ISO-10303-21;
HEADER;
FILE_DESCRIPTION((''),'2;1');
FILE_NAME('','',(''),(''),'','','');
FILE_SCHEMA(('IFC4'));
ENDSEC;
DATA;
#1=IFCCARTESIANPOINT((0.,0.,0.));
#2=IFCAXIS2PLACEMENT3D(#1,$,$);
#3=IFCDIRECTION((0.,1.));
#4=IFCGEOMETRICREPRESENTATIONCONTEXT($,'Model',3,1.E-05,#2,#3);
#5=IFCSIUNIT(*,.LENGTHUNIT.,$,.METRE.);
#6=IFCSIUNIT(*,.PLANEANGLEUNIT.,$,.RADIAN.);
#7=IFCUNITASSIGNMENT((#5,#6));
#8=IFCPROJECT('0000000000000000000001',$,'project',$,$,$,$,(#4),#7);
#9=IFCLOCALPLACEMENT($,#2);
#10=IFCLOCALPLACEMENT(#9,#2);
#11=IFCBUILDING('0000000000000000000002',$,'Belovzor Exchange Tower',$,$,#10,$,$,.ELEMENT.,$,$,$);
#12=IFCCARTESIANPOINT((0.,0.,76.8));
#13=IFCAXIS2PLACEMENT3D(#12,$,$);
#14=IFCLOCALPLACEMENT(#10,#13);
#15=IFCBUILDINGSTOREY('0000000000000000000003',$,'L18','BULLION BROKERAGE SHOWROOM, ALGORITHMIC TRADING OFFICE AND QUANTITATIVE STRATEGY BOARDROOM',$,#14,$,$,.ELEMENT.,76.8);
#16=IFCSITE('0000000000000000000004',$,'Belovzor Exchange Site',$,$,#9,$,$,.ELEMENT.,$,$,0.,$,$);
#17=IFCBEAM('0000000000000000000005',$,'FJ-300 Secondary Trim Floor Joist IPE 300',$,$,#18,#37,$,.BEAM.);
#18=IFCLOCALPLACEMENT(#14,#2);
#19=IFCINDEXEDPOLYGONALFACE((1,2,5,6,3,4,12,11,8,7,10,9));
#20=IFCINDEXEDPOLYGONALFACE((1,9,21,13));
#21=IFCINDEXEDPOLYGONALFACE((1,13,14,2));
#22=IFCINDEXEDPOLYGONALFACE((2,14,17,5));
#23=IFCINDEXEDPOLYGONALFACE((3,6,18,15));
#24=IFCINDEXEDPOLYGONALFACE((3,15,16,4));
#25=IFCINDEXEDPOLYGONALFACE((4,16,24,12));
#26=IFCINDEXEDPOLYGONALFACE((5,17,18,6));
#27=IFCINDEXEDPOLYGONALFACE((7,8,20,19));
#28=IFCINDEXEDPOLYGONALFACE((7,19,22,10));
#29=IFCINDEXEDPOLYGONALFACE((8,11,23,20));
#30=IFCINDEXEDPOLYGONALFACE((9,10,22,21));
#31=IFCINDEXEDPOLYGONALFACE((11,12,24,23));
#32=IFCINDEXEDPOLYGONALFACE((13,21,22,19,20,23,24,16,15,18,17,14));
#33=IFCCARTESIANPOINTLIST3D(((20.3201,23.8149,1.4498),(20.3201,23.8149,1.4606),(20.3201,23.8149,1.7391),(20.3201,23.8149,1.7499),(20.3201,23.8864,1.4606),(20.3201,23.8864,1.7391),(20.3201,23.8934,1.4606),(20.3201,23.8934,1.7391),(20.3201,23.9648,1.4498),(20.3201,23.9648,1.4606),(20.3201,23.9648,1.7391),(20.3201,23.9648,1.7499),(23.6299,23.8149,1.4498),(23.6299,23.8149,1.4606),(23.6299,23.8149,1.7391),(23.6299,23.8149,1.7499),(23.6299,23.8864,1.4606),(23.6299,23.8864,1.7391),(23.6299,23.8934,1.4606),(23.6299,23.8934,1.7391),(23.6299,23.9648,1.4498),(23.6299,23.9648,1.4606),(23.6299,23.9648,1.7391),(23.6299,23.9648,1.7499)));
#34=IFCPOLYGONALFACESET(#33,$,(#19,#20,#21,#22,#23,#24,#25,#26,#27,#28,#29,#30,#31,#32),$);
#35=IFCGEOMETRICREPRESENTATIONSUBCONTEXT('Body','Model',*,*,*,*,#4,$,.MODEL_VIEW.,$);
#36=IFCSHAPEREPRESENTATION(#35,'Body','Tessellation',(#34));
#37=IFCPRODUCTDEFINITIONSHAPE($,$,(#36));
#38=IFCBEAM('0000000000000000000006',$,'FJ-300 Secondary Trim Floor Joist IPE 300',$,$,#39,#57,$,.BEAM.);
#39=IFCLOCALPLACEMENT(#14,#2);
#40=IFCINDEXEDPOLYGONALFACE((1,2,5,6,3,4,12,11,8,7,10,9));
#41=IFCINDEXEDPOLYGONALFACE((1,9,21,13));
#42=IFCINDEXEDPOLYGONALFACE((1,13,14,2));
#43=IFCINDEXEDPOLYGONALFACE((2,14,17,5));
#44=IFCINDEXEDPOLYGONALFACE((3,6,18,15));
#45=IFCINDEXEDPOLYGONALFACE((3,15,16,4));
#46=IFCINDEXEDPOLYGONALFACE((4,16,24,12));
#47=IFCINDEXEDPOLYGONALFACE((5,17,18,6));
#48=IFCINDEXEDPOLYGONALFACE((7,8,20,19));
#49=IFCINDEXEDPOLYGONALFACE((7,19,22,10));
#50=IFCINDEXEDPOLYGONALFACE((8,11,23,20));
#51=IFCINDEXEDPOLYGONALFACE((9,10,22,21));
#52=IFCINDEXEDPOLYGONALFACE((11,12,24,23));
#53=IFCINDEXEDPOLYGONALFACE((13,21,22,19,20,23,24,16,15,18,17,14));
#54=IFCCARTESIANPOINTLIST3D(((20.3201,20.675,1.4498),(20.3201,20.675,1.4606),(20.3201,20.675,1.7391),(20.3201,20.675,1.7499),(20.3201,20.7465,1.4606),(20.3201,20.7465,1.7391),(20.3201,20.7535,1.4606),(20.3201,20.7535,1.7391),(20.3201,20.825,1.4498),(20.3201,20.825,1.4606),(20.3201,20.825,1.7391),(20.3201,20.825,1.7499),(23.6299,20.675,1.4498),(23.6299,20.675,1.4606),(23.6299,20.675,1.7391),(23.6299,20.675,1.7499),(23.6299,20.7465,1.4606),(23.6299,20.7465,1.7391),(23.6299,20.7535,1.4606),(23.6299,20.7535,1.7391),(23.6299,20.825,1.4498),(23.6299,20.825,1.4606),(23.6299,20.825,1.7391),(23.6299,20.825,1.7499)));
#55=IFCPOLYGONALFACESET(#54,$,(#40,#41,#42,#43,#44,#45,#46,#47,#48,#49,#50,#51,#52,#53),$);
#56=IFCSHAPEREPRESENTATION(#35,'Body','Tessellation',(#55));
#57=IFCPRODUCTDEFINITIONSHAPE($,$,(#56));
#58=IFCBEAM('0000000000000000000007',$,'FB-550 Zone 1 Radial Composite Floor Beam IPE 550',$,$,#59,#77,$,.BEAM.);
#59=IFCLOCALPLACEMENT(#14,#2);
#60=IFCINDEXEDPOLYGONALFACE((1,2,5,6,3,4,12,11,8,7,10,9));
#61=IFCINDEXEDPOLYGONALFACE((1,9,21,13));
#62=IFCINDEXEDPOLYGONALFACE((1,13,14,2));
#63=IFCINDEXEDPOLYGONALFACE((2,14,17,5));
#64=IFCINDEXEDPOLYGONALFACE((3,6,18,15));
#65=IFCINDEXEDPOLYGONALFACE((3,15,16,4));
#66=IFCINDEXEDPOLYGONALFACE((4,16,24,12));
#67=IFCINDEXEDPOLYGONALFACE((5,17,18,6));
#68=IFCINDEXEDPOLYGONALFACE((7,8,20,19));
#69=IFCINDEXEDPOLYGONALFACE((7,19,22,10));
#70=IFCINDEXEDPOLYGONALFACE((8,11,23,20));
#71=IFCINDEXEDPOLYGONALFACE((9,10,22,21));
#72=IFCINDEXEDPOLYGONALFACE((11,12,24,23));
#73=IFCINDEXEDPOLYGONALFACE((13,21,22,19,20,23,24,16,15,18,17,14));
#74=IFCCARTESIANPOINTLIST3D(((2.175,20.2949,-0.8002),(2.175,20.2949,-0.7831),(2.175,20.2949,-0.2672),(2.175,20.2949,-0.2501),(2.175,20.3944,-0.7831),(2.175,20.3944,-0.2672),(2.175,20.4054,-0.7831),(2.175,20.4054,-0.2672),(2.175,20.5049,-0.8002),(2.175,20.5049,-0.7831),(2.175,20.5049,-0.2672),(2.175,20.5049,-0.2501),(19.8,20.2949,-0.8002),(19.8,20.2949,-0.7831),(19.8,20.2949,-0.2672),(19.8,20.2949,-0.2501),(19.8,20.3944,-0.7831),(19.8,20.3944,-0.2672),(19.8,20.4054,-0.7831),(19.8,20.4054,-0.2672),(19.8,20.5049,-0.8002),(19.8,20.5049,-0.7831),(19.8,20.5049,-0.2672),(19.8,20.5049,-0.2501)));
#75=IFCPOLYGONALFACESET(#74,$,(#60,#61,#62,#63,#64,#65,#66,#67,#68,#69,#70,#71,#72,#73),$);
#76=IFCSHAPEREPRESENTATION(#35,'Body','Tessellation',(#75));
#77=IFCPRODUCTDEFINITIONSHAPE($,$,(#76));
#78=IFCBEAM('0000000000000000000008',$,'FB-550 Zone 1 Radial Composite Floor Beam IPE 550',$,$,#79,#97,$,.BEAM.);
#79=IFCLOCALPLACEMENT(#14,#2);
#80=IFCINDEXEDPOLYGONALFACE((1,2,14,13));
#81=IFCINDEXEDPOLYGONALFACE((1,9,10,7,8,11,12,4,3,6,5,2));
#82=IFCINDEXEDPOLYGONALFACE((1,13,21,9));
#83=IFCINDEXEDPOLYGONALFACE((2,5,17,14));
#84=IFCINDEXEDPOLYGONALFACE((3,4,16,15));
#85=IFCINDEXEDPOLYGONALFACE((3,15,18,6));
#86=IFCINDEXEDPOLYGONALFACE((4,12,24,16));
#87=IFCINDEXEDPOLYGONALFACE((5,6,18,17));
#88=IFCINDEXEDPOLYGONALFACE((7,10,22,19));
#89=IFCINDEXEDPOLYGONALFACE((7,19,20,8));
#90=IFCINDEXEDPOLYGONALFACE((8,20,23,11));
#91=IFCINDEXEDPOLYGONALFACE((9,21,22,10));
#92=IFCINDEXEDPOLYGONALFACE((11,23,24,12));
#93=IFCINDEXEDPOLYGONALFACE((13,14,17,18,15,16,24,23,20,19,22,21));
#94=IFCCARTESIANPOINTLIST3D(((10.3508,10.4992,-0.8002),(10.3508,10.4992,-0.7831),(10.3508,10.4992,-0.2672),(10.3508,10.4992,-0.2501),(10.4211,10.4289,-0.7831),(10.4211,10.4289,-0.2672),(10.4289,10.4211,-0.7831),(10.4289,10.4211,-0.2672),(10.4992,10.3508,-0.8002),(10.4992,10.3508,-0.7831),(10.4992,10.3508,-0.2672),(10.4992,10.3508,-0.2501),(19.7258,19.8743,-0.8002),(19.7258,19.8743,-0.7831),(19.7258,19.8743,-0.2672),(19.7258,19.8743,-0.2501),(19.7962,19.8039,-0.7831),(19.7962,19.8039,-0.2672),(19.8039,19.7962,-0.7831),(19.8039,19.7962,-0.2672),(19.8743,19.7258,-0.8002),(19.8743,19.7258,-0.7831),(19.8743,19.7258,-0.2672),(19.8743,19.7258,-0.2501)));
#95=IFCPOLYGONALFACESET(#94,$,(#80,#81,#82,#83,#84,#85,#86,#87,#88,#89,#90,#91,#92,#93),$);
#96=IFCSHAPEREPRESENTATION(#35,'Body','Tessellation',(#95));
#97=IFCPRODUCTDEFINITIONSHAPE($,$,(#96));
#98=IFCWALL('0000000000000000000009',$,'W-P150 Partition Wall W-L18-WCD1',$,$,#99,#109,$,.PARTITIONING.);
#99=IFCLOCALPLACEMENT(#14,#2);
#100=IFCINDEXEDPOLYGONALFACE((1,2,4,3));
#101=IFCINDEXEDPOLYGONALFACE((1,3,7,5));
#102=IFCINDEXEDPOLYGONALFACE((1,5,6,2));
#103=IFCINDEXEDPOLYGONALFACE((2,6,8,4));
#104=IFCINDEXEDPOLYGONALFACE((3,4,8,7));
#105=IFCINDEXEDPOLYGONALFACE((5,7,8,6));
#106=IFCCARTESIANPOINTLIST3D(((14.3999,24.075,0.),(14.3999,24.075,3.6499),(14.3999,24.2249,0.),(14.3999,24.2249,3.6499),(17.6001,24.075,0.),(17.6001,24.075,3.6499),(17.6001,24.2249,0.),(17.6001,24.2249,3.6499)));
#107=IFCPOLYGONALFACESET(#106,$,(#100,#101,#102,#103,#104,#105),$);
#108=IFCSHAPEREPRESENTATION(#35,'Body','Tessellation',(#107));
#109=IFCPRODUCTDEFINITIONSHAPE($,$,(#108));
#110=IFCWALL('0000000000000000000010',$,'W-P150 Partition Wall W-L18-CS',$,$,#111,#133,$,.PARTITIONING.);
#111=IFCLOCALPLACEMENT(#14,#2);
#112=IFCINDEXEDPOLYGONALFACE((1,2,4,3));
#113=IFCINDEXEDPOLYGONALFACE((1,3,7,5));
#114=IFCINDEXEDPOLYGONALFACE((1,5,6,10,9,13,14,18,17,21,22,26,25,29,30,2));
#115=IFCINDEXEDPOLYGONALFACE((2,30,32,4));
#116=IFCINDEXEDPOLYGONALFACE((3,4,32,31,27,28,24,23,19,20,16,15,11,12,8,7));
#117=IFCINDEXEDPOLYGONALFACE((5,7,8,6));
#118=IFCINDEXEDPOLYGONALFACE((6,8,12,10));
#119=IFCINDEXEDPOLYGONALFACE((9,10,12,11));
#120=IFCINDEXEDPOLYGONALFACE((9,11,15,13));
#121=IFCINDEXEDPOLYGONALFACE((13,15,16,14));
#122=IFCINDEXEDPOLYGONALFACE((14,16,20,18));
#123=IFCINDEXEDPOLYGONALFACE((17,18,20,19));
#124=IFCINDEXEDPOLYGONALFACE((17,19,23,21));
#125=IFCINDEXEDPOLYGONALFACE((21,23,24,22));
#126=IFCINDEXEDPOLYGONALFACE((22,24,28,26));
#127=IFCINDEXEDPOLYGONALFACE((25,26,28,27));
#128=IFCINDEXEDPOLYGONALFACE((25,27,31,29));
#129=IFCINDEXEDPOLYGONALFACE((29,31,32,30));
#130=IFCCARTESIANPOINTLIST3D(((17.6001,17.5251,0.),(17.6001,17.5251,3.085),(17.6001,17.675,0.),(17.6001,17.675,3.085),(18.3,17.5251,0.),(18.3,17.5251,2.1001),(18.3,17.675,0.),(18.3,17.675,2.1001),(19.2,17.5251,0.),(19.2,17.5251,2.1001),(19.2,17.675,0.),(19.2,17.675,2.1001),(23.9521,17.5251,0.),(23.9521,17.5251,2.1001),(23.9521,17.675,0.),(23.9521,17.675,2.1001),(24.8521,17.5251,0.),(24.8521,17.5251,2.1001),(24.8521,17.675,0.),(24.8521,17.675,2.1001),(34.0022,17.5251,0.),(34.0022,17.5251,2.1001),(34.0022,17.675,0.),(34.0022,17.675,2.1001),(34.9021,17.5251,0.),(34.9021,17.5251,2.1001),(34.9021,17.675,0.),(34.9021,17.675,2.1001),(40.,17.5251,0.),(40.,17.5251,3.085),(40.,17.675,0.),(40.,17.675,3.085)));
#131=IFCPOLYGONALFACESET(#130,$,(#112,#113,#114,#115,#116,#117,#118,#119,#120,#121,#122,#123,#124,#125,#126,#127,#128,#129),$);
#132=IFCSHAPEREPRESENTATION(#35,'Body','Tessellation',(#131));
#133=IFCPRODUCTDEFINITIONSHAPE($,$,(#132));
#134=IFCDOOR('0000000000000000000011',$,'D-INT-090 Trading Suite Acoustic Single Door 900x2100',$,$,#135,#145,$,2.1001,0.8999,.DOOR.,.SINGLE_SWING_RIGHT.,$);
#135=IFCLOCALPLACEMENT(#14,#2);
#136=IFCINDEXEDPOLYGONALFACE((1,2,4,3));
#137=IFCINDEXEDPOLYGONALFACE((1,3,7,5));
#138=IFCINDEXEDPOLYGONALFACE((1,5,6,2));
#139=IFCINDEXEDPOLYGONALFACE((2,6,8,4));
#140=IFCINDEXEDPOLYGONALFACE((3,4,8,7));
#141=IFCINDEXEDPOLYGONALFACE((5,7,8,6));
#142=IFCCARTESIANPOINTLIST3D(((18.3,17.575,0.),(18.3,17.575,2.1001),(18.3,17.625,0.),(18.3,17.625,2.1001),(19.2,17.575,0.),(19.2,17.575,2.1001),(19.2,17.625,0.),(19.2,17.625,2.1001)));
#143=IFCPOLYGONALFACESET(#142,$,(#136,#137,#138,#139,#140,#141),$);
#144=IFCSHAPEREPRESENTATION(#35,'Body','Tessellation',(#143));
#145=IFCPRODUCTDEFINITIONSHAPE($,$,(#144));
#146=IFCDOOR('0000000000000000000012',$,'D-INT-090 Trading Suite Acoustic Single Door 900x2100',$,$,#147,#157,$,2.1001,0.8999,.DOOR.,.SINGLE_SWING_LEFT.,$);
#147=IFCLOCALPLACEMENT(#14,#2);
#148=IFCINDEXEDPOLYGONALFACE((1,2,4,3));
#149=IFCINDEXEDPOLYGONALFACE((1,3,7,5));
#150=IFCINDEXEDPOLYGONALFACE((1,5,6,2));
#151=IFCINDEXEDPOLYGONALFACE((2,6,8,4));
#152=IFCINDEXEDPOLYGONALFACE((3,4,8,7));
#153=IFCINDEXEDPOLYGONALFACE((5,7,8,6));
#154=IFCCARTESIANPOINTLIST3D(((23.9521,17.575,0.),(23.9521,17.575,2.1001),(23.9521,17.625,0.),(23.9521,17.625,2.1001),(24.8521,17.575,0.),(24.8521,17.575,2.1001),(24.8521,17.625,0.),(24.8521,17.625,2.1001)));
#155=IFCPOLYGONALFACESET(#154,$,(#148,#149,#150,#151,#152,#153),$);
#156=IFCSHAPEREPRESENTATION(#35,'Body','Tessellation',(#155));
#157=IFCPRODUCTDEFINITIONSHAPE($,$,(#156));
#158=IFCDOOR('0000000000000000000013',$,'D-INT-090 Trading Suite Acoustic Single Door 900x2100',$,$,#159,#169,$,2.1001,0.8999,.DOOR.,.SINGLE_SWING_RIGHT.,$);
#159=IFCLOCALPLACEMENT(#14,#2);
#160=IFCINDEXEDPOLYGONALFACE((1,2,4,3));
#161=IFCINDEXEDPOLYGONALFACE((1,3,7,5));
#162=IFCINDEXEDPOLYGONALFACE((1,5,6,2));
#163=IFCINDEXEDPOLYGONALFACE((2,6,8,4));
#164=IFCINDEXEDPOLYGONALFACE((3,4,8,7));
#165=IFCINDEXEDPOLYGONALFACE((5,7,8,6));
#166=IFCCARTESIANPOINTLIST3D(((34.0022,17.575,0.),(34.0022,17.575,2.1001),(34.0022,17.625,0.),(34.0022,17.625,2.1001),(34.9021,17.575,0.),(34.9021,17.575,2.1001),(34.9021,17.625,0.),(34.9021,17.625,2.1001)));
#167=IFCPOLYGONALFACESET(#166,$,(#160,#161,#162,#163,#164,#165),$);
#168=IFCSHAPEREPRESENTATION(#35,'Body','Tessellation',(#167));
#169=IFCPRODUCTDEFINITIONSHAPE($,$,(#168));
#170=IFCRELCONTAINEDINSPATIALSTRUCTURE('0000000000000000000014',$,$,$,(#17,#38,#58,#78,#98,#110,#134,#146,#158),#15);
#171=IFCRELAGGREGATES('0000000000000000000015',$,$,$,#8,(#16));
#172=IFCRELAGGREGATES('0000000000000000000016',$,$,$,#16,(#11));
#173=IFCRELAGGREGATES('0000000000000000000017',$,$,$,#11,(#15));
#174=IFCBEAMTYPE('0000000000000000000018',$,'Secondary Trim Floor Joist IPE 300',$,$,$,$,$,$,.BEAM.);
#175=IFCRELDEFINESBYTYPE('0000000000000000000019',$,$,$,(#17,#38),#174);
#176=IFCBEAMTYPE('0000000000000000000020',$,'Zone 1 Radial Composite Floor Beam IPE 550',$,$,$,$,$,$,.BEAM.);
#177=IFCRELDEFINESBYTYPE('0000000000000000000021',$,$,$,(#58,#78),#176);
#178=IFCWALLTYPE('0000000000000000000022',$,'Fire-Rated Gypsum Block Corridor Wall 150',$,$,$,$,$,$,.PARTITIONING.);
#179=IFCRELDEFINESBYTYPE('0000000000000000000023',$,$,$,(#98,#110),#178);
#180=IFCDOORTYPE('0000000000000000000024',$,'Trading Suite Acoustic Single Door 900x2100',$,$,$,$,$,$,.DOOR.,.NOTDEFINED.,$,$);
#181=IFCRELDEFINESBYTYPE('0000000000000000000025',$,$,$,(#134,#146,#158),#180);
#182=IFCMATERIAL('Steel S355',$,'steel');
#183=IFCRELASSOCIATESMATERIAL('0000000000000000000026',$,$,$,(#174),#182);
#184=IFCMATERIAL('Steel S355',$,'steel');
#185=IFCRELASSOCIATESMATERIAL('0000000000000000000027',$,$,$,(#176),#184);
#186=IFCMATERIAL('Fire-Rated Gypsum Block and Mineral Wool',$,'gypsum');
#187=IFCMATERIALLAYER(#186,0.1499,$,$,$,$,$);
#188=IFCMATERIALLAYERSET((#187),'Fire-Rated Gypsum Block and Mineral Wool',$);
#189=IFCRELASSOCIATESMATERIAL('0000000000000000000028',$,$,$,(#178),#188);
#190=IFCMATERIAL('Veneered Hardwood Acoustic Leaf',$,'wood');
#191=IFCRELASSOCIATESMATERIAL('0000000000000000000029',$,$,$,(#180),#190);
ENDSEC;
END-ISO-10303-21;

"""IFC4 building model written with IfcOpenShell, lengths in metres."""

from ifc_helpers import new_model, si_unit, direction, frame, frame_2d, origin, origin_2d, place, context, subcontext, project, spatial, rectangle, i_section, extrude, material, layer, layer_set, material_profile, profile_set, type_object, element, fill, save


model = new_model("IFC4")

# Units and contexts
model_context = context("Model", 3, precision=1e-05, world=origin(), true_north=direction((0.0, 1.0)))
body_context = subcontext(model_context, "Body", "Model", "MODEL_VIEW")
ifc_project = project(units=[si_unit("LENGTHUNIT", "METRE"), si_unit("PLANEANGLEUNIT", "RADIAN")], contexts=[model_context])

# Site, building, storey
site_placement = place(None, origin())
site = spatial("IfcSite", under=ifc_project, at=site_placement, Name="Belovzor Exchange Site", CompositionType="ELEMENT", RefElevation=0.0)
building_placement = place(site_placement, origin())
building = spatial("IfcBuilding", under=site, at=building_placement, Name="Belovzor Exchange Tower", CompositionType="ELEMENT")
storey_placement = place(building_placement, frame((0.0, 0.0, 76.8)))
storey = spatial("IfcBuildingStorey", under=building, at=storey_placement, Name="L18", Description="BULLION BROKERAGE SHOWROOM, ALGORITHMIC TRADING OFFICE AND QUANTITATIVE STRATEGY BOARDROOM", CompositionType="ELEMENT", Elevation=76.8)

# Beams
ifc_material_1 = material(Name="Steel S355", Category="steel")
ifc_material_profile_1 = material_profile(ifc_material_1, i_section(OverallWidth=0.1499, OverallDepth=0.3, WebThickness=0.0071, FlangeThickness=0.0107, at=origin_2d()))
ifc_profile_set_1 = profile_set([ifc_material_profile_1], Name="Steel S355")
beam_type_1 = type_object("IfcBeamType", Name="Secondary Trim Floor Joist IPE 300", PredefinedType="BEAM", material=ifc_profile_set_1)
for number, where, z_axis, x_axis, name in (
    (1, (20.3201, 23.8899, 1.5999), (1.0, 0.0, 0.0), (0.0, 1.0, 0.0), "FJ-300 Secondary Trim Floor Joist IPE 300"),
    (2, (20.3201, 20.75, 1.5999), (1.0, 0.0, 0.0), (0.0, 1.0, 0.0), "FJ-300 Secondary Trim Floor Joist IPE 300"),
):
    element("IfcBeam", number, at=place(storey_placement, frame(where, z_axis=z_axis, x_axis=x_axis)), inside=storey, type_object=beam_type_1, Name=name, PredefinedType="BEAM", context=body_context, shape_type="SweptSolid", body=[
        extrude(i_section(OverallWidth=0.1499, OverallDepth=0.3, WebThickness=0.0071, FlangeThickness=0.0107, at=origin_2d()), origin(), (0.0, 0.0, 1.0), 3.3098),
    ])
ifc_material_2 = material(Name="Steel S355", Category="steel")
ifc_material_profile_2 = material_profile(ifc_material_2, i_section(OverallWidth=0.21, OverallDepth=0.55, WebThickness=0.011, FlangeThickness=0.0171, at=origin_2d()))
ifc_profile_set_2 = profile_set([ifc_material_profile_2], Name="Steel S355")
beam_type_2 = type_object("IfcBeamType", Name="Zone 1 Radial Composite Floor Beam IPE 550", PredefinedType="BEAM", material=ifc_profile_set_2)
beam_1_placement = place(storey_placement, frame((19.8, 20.3999, -0.5251), z_axis=(-1.0, 0.0, 0.0), x_axis=(0.0, -1.0, 0.0)))
element("IfcBeam", 3, at=beam_1_placement, inside=storey, type_object=beam_type_2, Name="FB-550 Zone 1 Radial Composite Floor Beam IPE 550", PredefinedType="BEAM", context=body_context, shape_type="SweptSolid", body=[
    extrude(i_section(OverallWidth=0.21, OverallDepth=0.55, WebThickness=0.011, FlangeThickness=0.0171, at=origin_2d()), origin(), (0.0, 0.0, 1.0), 17.625),
])
beam_2_placement = place(storey_placement, frame((19.8, 19.8, -0.5251), z_axis=(-0.707107, -0.707107, 0.0), x_axis=(0.707107, -0.707107, 0.0)))
element("IfcBeam", 4, at=beam_2_placement, inside=storey, type_object=beam_type_2, Name="FB-550 Zone 1 Radial Composite Floor Beam IPE 550", PredefinedType="BEAM", context=body_context, shape_type="SweptSolid", body=[
    extrude(i_section(OverallWidth=0.21, OverallDepth=0.55, WebThickness=0.011, FlangeThickness=0.0171, at=origin_2d()), origin(), (0.0, 0.0, 1.0), 13.2583),
])

# Wall
ifc_material_3 = material(Name="Fire-Rated Gypsum Block and Mineral Wool", Category="gypsum")
ifc_layer_1 = layer(ifc_material_3, 0.1499)
ifc_layer_set_1 = layer_set([ifc_layer_1], Name="Fire-Rated Gypsum Block and Mineral Wool")
wall_type_1 = type_object("IfcWallType", Name="Fire-Rated Gypsum Block Corridor Wall 150", PredefinedType="PARTITIONING", material=ifc_layer_set_1)
wall_1_placement = place(storey_placement, frame((14.3999, 24.1499, 0.0), z_axis=(0.0, 0.0, 1.0), x_axis=(1.0, 0.0, 0.0)))
element("IfcWall", 5, at=wall_1_placement, inside=storey, type_object=wall_type_1, Name="W-P150 Partition Wall W-L18-WCD1", PredefinedType="PARTITIONING", context=body_context, shape_type="SweptSolid", body=[
    extrude(rectangle(XDim=3.2002, YDim=0.1499, at=frame_2d((1.6001, 0.0))), origin(), (0.0, 0.0, 1.0), 3.6499),
])

# Wall, openings, doors
wall_2_placement = place(storey_placement, frame((17.6001, 17.6001, 0.0), z_axis=(0.0, 0.0, 1.0), x_axis=(1.0, 0.0, 0.0)))
wall_2 = element("IfcWall", 6, at=wall_2_placement, inside=storey, type_object=wall_type_1, Name="W-P150 Partition Wall W-L18-CS", PredefinedType="PARTITIONING", context=body_context, shape_type="SweptSolid", body=[
    extrude(rectangle(XDim=22.3999, YDim=0.1499, at=frame_2d((11.2, 0.0))), origin(), (0.0, 0.0, 1.0), 3.085),
])
opening_1_placement = place(wall_2_placement, frame((0.7, 0.0, 0.0)))
opening_1 = element("IfcOpeningElement", 7, at=opening_1_placement, cuts=wall_2, PredefinedType="OPENING", context=body_context, shape_type="SweptSolid", body=[
    extrude(rectangle(XDim=0.8999, YDim=2.1001, at=frame_2d((0.45, 1.05))), frame((0.0, 0.085, 0.0), z_axis=(0.0, -1.0, 0.0), x_axis=(1.0, 0.0, 0.0)), (0.0, 0.0, 1.0), 0.1699),
])
opening_2_placement = place(wall_2_placement, frame((6.3521, 0.0, 0.0)))
opening_2 = element("IfcOpeningElement", 8, at=opening_2_placement, cuts=wall_2, PredefinedType="OPENING", context=body_context, shape_type="SweptSolid", body=[
    extrude(rectangle(XDim=0.8999, YDim=2.1001, at=frame_2d((0.45, 1.05))), frame((0.0, 0.085, 0.0), z_axis=(0.0, -1.0, 0.0), x_axis=(1.0, 0.0, 0.0)), (0.0, 0.0, 1.0), 0.1699),
])
opening_3_placement = place(wall_2_placement, frame((16.4021, 0.0, 0.0)))
opening_3 = element("IfcOpeningElement", 9, at=opening_3_placement, cuts=wall_2, PredefinedType="OPENING", context=body_context, shape_type="SweptSolid", body=[
    extrude(rectangle(XDim=0.8999, YDim=2.1001, at=frame_2d((0.45, 1.05))), frame((0.0, 0.085, 0.0), z_axis=(0.0, -1.0, 0.0), x_axis=(1.0, 0.0, 0.0)), (0.0, 0.0, 1.0), 0.1699),
])
ifc_material_4 = material(Name="Veneered Hardwood Acoustic Leaf", Category="wood")
door_type_1 = type_object("IfcDoorType", Name="Trading Suite Acoustic Single Door 900x2100", OperationType="NOTDEFINED", PredefinedType="DOOR", material=ifc_material_4)
door_1_placement = place(opening_1_placement, origin())
door_1 = element("IfcDoor", 10, at=door_1_placement, inside=storey, type_object=door_type_1, Name="D-INT-090 Trading Suite Acoustic Single Door 900x2100", OperationType="SINGLE_SWING_RIGHT", OverallHeight=2.1001, OverallWidth=0.8999, PredefinedType="DOOR", context=body_context, shape_type="SweptSolid", body=[
    extrude(rectangle(XDim=0.8999, YDim=2.1001, at=frame_2d((0.45, 1.05))), frame((0.0, 0.0249, 0.0), z_axis=(0.0, -1.0, 0.0), x_axis=(1.0, 0.0, 0.0)), (0.0, 0.0, 1.0), 0.05),
])
fill(opening_1, door_1)
door_2_placement = place(opening_2_placement, origin())
door_2 = element("IfcDoor", 11, at=door_2_placement, inside=storey, type_object=door_type_1, Name="D-INT-090 Trading Suite Acoustic Single Door 900x2100", OperationType="SINGLE_SWING_LEFT", OverallHeight=2.1001, OverallWidth=0.8999, PredefinedType="DOOR", context=body_context, shape_type="SweptSolid", body=[
    extrude(rectangle(XDim=0.8999, YDim=2.1001, at=frame_2d((0.45, 1.05))), frame((0.0, 0.0249, 0.0), z_axis=(0.0, -1.0, 0.0), x_axis=(1.0, 0.0, 0.0)), (0.0, 0.0, 1.0), 0.05),
])
fill(opening_2, door_2)
door_3_placement = place(opening_3_placement, origin())
door_3 = element("IfcDoor", 12, at=door_3_placement, inside=storey, type_object=door_type_1, Name="D-INT-090 Trading Suite Acoustic Single Door 900x2100", OperationType="SINGLE_SWING_RIGHT", OverallHeight=2.1001, OverallWidth=0.8999, PredefinedType="DOOR", context=body_context, shape_type="SweptSolid", body=[
    extrude(rectangle(XDim=0.8999, YDim=2.1001, at=frame_2d((0.45, 1.05))), frame((0.0, 0.0249, 0.0), z_axis=(0.0, -1.0, 0.0), x_axis=(1.0, 0.0, 0.0)), (0.0, 0.0, 1.0), 0.05),
])
fill(opening_3, door_3)

save(model, "model.ifc")
